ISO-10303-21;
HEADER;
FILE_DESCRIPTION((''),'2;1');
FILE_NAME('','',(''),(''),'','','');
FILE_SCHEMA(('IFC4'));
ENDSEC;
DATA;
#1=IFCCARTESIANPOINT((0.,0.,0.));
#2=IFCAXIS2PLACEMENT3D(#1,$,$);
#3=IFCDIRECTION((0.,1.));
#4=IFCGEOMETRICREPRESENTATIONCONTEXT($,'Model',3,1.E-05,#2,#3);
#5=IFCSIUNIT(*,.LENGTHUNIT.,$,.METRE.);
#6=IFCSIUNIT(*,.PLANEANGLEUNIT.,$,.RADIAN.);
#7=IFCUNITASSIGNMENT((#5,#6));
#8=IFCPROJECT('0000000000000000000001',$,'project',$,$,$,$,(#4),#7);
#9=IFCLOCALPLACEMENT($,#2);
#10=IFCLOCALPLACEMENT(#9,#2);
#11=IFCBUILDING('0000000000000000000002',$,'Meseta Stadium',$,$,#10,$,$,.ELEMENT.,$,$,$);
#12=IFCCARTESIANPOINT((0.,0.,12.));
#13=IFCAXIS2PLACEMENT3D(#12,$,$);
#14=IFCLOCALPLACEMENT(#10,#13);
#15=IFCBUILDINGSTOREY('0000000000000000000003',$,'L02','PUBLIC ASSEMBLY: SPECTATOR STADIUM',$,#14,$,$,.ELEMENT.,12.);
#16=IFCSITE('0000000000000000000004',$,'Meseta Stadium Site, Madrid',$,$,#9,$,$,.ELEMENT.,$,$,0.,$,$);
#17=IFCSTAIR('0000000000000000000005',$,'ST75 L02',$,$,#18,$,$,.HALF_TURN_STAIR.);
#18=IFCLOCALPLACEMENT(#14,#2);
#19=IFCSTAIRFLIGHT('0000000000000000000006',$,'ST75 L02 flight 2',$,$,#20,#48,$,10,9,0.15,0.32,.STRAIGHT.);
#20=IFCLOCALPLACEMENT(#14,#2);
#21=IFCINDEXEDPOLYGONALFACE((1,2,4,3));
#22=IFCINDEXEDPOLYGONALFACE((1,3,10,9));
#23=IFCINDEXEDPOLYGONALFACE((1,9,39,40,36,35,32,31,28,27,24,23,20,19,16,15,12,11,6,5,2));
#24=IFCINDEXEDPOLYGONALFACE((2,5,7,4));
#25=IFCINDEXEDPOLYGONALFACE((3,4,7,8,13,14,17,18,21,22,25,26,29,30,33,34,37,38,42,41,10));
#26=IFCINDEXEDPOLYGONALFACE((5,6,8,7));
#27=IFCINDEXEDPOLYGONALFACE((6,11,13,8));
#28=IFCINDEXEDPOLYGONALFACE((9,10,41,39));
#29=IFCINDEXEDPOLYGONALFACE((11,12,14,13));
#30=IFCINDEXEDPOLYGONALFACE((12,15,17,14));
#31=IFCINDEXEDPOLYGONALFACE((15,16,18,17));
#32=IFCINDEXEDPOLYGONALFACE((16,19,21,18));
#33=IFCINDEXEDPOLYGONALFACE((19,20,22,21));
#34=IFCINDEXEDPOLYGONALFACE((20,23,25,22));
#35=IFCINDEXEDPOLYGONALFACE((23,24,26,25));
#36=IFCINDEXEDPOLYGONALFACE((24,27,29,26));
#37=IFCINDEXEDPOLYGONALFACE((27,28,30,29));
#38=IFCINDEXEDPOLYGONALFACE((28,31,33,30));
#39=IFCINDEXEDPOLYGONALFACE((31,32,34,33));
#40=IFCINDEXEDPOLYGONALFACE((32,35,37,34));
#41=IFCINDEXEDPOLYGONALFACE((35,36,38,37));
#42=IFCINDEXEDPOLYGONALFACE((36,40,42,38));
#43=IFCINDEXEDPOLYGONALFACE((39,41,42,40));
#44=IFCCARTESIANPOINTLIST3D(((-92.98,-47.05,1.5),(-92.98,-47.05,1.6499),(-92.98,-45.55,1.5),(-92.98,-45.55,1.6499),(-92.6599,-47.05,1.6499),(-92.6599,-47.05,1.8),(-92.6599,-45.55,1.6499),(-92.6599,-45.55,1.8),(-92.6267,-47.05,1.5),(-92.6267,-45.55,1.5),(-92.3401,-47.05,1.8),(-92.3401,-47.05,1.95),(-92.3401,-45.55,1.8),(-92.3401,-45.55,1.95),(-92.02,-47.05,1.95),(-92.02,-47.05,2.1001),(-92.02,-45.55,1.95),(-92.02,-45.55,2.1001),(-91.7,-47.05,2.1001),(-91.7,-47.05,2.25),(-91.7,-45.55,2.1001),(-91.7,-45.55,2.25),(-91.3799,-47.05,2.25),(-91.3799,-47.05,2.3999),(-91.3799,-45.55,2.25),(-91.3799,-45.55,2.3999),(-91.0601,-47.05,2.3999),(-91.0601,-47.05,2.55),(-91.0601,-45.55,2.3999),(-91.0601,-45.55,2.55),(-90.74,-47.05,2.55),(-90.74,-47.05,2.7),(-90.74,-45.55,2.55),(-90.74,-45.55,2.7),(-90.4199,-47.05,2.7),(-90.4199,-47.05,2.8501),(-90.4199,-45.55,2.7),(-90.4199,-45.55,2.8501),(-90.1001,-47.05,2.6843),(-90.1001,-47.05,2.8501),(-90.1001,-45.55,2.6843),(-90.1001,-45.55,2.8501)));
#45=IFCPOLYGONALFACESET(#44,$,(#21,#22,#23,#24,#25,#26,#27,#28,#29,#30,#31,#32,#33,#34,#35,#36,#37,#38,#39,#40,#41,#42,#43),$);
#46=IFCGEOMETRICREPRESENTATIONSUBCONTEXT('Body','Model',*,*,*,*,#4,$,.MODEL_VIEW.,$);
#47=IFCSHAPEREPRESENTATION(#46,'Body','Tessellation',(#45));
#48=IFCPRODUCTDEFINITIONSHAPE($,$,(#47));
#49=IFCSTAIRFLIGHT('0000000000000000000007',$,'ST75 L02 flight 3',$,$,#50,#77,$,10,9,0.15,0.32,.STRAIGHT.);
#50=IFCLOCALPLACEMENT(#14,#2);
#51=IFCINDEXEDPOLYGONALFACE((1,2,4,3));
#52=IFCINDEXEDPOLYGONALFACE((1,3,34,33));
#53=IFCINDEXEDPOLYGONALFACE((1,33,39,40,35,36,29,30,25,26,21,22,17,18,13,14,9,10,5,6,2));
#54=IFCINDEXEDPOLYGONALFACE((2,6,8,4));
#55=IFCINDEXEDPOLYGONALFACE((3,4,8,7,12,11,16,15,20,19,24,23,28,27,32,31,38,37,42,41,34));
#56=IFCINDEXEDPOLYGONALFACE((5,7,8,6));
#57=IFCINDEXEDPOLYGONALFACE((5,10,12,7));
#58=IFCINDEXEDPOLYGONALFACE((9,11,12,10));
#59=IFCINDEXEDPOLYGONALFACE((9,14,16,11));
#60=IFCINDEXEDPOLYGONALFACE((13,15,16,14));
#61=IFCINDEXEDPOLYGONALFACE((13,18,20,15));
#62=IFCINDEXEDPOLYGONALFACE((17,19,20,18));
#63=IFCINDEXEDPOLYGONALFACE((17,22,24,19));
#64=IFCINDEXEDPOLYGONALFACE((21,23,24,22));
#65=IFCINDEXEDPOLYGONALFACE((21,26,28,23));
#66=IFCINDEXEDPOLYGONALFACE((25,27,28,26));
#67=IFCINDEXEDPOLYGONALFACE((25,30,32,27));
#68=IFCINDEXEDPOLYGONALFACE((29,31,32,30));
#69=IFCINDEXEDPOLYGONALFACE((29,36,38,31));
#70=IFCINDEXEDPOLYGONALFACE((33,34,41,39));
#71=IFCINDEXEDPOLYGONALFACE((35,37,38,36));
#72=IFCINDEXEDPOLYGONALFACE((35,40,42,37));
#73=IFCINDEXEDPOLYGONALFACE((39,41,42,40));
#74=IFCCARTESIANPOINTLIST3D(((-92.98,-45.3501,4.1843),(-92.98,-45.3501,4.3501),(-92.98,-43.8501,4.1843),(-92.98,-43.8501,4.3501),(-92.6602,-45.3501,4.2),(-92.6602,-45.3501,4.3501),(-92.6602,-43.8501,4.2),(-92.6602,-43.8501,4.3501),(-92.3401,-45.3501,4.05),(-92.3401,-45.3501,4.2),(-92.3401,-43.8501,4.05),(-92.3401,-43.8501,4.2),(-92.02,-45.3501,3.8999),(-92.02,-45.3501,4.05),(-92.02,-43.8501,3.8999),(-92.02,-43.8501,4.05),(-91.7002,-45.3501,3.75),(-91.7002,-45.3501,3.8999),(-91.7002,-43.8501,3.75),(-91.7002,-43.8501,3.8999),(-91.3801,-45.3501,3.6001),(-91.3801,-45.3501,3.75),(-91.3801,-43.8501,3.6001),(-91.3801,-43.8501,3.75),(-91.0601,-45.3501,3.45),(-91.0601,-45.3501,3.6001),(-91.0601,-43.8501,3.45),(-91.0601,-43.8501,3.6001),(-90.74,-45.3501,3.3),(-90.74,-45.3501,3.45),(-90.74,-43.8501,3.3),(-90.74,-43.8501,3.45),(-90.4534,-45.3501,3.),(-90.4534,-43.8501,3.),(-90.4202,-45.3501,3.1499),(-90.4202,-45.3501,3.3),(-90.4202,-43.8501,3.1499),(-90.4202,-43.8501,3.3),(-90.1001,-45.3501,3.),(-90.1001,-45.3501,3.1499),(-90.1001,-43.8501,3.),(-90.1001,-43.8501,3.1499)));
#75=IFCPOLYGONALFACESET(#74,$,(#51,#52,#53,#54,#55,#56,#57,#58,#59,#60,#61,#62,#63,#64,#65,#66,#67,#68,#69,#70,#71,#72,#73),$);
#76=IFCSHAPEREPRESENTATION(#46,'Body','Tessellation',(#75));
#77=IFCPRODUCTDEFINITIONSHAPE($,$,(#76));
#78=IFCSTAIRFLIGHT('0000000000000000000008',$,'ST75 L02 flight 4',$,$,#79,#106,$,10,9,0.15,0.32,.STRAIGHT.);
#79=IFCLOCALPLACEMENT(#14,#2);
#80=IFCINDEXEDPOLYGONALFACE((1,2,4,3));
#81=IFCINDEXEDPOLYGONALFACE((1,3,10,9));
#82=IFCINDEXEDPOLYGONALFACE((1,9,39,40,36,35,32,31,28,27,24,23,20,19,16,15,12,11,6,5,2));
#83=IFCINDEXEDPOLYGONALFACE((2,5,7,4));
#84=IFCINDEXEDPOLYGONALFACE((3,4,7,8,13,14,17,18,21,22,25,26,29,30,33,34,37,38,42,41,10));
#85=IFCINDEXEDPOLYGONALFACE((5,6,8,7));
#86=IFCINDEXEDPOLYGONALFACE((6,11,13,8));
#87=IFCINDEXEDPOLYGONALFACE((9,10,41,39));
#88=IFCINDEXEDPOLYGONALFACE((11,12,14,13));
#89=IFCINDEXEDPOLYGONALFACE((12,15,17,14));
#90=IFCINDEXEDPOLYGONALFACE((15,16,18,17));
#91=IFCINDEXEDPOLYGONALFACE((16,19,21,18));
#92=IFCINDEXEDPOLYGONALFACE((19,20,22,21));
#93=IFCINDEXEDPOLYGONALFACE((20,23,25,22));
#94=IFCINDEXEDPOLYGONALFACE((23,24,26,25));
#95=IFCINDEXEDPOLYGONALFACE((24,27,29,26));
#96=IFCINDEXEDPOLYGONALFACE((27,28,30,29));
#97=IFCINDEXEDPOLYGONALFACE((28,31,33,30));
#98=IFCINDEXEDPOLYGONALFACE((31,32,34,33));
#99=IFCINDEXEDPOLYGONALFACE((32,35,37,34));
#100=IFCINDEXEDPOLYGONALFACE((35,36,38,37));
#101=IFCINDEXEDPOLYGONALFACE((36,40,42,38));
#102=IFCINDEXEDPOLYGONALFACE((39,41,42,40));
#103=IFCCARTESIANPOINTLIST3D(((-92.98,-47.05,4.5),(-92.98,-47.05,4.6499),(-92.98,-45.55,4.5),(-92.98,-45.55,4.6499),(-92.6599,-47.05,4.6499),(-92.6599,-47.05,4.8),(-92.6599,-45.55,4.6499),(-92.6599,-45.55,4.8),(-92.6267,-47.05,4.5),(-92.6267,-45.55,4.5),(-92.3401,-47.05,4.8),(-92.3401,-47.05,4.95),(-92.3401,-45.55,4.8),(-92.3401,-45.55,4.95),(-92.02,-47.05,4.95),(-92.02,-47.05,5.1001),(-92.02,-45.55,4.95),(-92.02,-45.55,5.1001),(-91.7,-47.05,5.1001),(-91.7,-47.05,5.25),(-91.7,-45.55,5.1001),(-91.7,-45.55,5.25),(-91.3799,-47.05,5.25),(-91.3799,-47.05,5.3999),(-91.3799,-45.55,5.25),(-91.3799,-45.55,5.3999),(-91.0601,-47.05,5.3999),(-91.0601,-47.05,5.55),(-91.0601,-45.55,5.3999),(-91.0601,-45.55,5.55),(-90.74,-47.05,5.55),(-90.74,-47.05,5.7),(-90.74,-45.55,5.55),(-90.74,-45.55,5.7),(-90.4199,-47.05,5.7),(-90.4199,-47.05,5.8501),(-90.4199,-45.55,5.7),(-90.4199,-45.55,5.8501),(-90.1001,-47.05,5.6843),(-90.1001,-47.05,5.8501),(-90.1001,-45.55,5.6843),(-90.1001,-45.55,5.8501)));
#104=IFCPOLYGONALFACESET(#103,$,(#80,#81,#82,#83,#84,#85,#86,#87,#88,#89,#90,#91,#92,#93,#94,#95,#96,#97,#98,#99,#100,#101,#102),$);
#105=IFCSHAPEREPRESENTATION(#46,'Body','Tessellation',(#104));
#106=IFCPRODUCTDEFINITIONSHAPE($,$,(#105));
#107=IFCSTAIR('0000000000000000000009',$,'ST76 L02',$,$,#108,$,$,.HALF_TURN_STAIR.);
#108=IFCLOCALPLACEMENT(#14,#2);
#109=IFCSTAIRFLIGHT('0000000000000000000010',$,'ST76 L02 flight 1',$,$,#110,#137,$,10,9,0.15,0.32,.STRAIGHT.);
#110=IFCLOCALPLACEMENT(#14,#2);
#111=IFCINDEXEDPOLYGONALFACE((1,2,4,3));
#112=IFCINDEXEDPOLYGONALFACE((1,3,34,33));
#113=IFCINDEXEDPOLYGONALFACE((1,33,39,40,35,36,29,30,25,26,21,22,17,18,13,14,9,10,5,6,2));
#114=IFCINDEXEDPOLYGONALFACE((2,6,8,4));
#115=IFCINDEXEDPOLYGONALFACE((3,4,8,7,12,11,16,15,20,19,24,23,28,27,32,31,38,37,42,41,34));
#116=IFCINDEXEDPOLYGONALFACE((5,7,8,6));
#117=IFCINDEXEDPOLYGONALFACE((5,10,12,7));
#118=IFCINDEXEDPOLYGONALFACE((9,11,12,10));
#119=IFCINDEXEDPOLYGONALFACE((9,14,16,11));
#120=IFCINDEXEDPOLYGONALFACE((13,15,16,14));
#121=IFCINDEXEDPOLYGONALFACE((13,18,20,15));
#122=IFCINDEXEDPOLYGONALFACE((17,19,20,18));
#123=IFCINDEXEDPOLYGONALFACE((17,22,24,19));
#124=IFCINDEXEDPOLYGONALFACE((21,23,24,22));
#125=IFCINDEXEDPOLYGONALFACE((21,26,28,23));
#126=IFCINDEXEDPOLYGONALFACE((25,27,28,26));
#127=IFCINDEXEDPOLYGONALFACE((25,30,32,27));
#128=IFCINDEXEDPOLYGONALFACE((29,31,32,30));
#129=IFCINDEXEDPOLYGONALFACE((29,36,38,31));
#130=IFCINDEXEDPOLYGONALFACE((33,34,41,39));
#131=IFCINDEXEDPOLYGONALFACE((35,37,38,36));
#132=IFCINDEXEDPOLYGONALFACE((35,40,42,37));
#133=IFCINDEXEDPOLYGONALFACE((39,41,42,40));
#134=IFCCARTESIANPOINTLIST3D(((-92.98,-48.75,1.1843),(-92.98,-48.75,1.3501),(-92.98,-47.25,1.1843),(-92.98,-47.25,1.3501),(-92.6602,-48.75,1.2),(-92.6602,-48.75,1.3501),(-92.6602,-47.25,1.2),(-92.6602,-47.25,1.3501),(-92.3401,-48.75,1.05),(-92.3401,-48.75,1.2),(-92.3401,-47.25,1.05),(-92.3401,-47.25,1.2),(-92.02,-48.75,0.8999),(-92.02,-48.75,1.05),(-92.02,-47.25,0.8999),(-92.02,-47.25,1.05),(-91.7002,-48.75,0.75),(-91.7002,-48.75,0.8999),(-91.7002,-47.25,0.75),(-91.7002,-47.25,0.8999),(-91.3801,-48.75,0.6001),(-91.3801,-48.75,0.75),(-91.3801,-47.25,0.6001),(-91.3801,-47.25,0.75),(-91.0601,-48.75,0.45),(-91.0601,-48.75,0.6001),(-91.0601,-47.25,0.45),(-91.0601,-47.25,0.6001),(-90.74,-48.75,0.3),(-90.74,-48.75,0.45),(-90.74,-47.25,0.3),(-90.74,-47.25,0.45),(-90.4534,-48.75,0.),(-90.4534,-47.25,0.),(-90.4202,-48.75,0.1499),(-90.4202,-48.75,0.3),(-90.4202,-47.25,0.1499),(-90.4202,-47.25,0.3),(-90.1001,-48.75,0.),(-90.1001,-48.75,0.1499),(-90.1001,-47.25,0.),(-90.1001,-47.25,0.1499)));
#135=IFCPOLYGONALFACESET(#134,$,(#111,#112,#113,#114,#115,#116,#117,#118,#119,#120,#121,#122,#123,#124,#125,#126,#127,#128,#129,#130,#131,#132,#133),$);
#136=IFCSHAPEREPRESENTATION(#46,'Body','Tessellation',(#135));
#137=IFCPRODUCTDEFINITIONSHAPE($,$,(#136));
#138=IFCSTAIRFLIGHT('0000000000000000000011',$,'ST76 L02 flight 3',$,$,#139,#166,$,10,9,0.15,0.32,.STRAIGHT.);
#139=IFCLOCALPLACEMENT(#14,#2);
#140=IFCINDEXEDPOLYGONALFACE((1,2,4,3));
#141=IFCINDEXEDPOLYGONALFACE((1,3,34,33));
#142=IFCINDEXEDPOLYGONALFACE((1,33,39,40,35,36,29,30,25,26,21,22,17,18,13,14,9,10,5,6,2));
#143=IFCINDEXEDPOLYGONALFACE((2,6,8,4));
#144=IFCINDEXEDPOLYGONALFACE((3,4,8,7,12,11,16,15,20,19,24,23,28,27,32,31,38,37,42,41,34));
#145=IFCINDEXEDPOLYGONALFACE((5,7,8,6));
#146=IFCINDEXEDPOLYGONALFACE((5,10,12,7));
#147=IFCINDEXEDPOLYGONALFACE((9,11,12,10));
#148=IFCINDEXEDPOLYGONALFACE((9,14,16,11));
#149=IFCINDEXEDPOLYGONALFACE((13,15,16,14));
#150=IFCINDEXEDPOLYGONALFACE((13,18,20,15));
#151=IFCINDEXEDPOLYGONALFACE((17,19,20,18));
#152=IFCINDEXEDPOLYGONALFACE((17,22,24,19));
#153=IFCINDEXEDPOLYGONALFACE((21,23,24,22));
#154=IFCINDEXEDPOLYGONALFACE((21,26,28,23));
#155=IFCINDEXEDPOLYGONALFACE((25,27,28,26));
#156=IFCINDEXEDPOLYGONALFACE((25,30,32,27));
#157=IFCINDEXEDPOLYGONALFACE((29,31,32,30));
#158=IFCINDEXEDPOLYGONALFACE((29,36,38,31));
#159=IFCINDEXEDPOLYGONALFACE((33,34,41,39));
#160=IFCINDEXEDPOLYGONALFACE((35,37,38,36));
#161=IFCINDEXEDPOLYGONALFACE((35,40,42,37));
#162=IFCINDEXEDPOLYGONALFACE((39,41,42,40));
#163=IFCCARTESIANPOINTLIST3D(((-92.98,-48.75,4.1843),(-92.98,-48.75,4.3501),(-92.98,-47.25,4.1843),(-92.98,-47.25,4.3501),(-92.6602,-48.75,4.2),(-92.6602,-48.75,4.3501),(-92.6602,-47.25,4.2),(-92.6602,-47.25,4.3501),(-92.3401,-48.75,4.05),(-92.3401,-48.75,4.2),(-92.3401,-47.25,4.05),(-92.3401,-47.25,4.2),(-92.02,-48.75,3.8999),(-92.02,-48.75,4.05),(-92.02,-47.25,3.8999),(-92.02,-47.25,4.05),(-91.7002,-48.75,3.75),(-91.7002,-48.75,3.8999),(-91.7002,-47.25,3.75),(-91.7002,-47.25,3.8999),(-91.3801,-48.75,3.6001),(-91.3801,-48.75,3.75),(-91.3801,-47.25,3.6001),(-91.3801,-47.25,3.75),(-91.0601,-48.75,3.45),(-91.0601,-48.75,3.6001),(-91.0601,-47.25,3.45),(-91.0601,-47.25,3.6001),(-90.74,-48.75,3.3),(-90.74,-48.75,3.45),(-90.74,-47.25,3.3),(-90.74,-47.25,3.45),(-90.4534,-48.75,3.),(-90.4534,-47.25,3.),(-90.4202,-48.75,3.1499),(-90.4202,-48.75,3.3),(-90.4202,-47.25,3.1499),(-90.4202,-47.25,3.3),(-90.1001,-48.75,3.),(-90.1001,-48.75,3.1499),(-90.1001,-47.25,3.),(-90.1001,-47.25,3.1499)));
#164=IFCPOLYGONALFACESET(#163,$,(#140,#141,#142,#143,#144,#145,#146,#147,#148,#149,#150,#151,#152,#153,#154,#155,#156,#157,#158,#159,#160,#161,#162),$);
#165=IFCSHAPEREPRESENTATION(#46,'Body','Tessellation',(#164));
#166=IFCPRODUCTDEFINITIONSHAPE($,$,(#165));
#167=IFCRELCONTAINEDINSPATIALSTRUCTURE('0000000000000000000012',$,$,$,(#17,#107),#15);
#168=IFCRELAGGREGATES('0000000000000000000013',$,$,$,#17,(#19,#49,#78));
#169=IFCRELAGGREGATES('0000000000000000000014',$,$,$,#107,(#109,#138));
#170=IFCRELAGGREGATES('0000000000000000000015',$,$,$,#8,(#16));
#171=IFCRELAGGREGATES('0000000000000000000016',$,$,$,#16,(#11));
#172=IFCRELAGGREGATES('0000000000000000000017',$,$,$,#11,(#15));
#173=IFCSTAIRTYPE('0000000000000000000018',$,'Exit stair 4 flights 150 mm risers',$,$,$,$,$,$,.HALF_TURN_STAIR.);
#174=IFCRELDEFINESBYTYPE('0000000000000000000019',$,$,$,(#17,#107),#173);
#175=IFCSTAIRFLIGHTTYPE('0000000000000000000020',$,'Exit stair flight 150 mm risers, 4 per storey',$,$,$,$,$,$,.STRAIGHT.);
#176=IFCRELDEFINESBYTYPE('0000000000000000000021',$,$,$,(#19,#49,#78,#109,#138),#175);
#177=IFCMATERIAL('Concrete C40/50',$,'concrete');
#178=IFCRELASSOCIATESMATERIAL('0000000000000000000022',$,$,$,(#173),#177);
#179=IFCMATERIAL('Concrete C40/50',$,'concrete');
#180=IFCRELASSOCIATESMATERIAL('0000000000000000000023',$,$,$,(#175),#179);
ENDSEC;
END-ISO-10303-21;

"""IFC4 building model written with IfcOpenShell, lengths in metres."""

from ifc_helpers import new_model, si_unit, direction, frame, origin, place, context, subcontext, project, spatial, polyline, outline, extrude, material, type_object, element, aggregate, save


model = new_model("IFC4")

# Units and contexts
model_context = context("Model", 3, precision=1e-05, world=origin(), true_north=direction((0.0, 1.0)))
body_context = subcontext(model_context, "Body", "Model", "MODEL_VIEW")
ifc_project = project(units=[si_unit("LENGTHUNIT", "METRE"), si_unit("PLANEANGLEUNIT", "RADIAN")], contexts=[model_context])

# Site, building, storey
site_placement = place(None, origin())
site = spatial("IfcSite", under=ifc_project, at=site_placement, Name="Meseta Stadium Site, Madrid", CompositionType="ELEMENT", RefElevation=0.0)
building_placement = place(site_placement, origin())
building = spatial("IfcBuilding", under=site, at=building_placement, Name="Meseta Stadium", CompositionType="ELEMENT")
storey_placement = place(building_placement, frame((0.0, 0.0, 12.0)))
storey = spatial("IfcBuildingStorey", under=building, at=storey_placement, Name="L02", Description="PUBLIC ASSEMBLY: SPECTATOR STADIUM", CompositionType="ELEMENT", Elevation=12.0)

# Stairs, stair flights
ifc_material_1 = material(Name="Concrete C40/50", Category="concrete")
stair_type = type_object("IfcStairType", Name="Exit stair 4 flights 150 mm risers", PredefinedType="HALF_TURN_STAIR", material=ifc_material_1)
stair_1_placement = place(storey_placement, origin())
stair_1 = element("IfcStair", 1, at=stair_1_placement, inside=storey, type_object=stair_type, Name="ST75 L02", PredefinedType="HALF_TURN_STAIR")
ifc_material_2 = material(Name="Concrete C40/50", Category="concrete")
stair_flight_type = type_object("IfcStairFlightType", Name="Exit stair flight 150 mm risers, 4 per storey", PredefinedType="STRAIGHT", material=ifc_material_2)
stair_flight_1_placement = place(storey_placement, frame((-92.98, -46.3, 1.5), z_axis=(0.0, 0.0, 1.0), x_axis=(1.0, 0.0, 0.0)))
stair_flight_1 = element("IfcStairFlight", 2, at=stair_flight_1_placement, type_object=stair_flight_type, Name="ST75 L02 flight 2", NumberOfRisers=10, NumberOfTreads=9, PredefinedType="STRAIGHT", RiserHeight=0.15, TreadLength=0.32, context=body_context, shape_type="SweptSolid", body=[
    extrude(outline(polyline([(0.0, 0.0), (0.0, 0.1499), (0.3201, 0.1499), (0.3201, 0.3), (0.6399, 0.3), (0.6399, 0.45), (0.96, 0.45), (0.96, 0.6001), (1.28, 0.6001), (1.28, 0.75), (1.6001, 0.75), (1.6001, 0.8999), (1.9199, 0.8999), (1.9199, 1.05), (2.24, 1.05), (2.24, 1.2), (2.5601, 1.2), (2.5601, 1.3501), (2.8799, 1.3501), (2.8799, 1.1843), (0.3533, 0.0), (0.0, 0.0)])), frame((0.0, 0.75, 0.0), z_axis=(0.0, -1.0, 0.0), x_axis=(1.0, 0.0, 0.0)), (0.0, 0.0, 1.0), 1.5),
])
stair_flight_2_placement = place(storey_placement, frame((-90.1001, -44.6001, 3.0), z_axis=(0.0, 0.0, 1.0), x_axis=(-1.0, 0.0, 0.0)))
stair_flight_2 = element("IfcStairFlight", 3, at=stair_flight_2_placement, type_object=stair_flight_type, Name="ST75 L02 flight 3", NumberOfRisers=10, NumberOfTreads=9, PredefinedType="STRAIGHT", RiserHeight=0.15, TreadLength=0.32, context=body_context, shape_type="SweptSolid", body=[
    extrude(outline(polyline([(0.0, 0.0), (0.0, 0.1499), (0.3201, 0.1499), (0.3201, 0.3), (0.6399, 0.3), (0.6399, 0.45), (0.96, 0.45), (0.96, 0.6001), (1.28, 0.6001), (1.28, 0.75), (1.6001, 0.75), (1.6001, 0.8999), (1.9199, 0.8999), (1.9199, 1.05), (2.24, 1.05), (2.24, 1.2), (2.5601, 1.2), (2.5601, 1.3501), (2.8799, 1.3501), (2.8799, 1.1843), (0.3533, 0.0), (0.0, 0.0)])), frame((0.0, 0.75, 0.0), z_axis=(0.0, -1.0, 0.0), x_axis=(1.0, 0.0, 0.0)), (0.0, 0.0, 1.0), 1.5),
])
stair_flight_3_placement = place(storey_placement, frame((-92.98, -46.3, 4.5), z_axis=(0.0, 0.0, 1.0), x_axis=(1.0, 0.0, 0.0)))
stair_flight_3 = element("IfcStairFlight", 4, at=stair_flight_3_placement, type_object=stair_flight_type, Name="ST75 L02 flight 4", NumberOfRisers=10, NumberOfTreads=9, PredefinedType="STRAIGHT", RiserHeight=0.15, TreadLength=0.32, context=body_context, shape_type="SweptSolid", body=[
    extrude(outline(polyline([(0.0, 0.0), (0.0, 0.1499), (0.3201, 0.1499), (0.3201, 0.3), (0.6399, 0.3), (0.6399, 0.45), (0.96, 0.45), (0.96, 0.6001), (1.28, 0.6001), (1.28, 0.75), (1.6001, 0.75), (1.6001, 0.8999), (1.9199, 0.8999), (1.9199, 1.05), (2.24, 1.05), (2.24, 1.2), (2.5601, 1.2), (2.5601, 1.3501), (2.8799, 1.3501), (2.8799, 1.1843), (0.3533, 0.0), (0.0, 0.0)])), frame((0.0, 0.75, 0.0), z_axis=(0.0, -1.0, 0.0), x_axis=(1.0, 0.0, 0.0)), (0.0, 0.0, 1.0), 1.5),
])
aggregate(stair_1, [stair_flight_1, stair_flight_2, stair_flight_3])
stair_2_placement = place(storey_placement, origin())
stair_2 = element("IfcStair", 5, at=stair_2_placement, inside=storey, type_object=stair_type, Name="ST76 L02", PredefinedType="HALF_TURN_STAIR")
stair_flight_4_placement = place(storey_placement, frame((-90.1001, -48.0, 0.0), z_axis=(0.0, 0.0, 1.0), x_axis=(-1.0, 0.0, 0.0)))
stair_flight_4 = element("IfcStairFlight", 6, at=stair_flight_4_placement, type_object=stair_flight_type, Name="ST76 L02 flight 1", NumberOfRisers=10, NumberOfTreads=9, PredefinedType="STRAIGHT", RiserHeight=0.15, TreadLength=0.32, context=body_context, shape_type="SweptSolid", body=[
    extrude(outline(polyline([(0.0, 0.0), (0.0, 0.1499), (0.3201, 0.1499), (0.3201, 0.3), (0.6399, 0.3), (0.6399, 0.45), (0.96, 0.45), (0.96, 0.6001), (1.28, 0.6001), (1.28, 0.75), (1.6001, 0.75), (1.6001, 0.8999), (1.9199, 0.8999), (1.9199, 1.05), (2.24, 1.05), (2.24, 1.2), (2.5601, 1.2), (2.5601, 1.3501), (2.8799, 1.3501), (2.8799, 1.1843), (0.3533, 0.0), (0.0, 0.0)])), frame((0.0, 0.75, 0.0), z_axis=(0.0, -1.0, 0.0), x_axis=(1.0, 0.0, 0.0)), (0.0, 0.0, 1.0), 1.5),
])
stair_flight_5_placement = place(storey_placement, frame((-90.1001, -48.0, 3.0), z_axis=(0.0, 0.0, 1.0), x_axis=(-1.0, 0.0, 0.0)))
stair_flight_5 = element("IfcStairFlight", 7, at=stair_flight_5_placement, type_object=stair_flight_type, Name="ST76 L02 flight 3", NumberOfRisers=10, NumberOfTreads=9, PredefinedType="STRAIGHT", RiserHeight=0.15, TreadLength=0.32, context=body_context, shape_type="SweptSolid", body=[
    extrude(outline(polyline([(0.0, 0.0), (0.0, 0.1499), (0.3201, 0.1499), (0.3201, 0.3), (0.6399, 0.3), (0.6399, 0.45), (0.96, 0.45), (0.96, 0.6001), (1.28, 0.6001), (1.28, 0.75), (1.6001, 0.75), (1.6001, 0.8999), (1.9199, 0.8999), (1.9199, 1.05), (2.24, 1.05), (2.24, 1.2), (2.5601, 1.2), (2.5601, 1.3501), (2.8799, 1.3501), (2.8799, 1.1843), (0.3533, 0.0), (0.0, 0.0)])), frame((0.0, 0.75, 0.0), z_axis=(0.0, -1.0, 0.0), x_axis=(1.0, 0.0, 0.0)), (0.0, 0.0, 1.0), 1.5),
])
aggregate(stair_2, [stair_flight_4, stair_flight_5])

save(model, "model.ifc")
